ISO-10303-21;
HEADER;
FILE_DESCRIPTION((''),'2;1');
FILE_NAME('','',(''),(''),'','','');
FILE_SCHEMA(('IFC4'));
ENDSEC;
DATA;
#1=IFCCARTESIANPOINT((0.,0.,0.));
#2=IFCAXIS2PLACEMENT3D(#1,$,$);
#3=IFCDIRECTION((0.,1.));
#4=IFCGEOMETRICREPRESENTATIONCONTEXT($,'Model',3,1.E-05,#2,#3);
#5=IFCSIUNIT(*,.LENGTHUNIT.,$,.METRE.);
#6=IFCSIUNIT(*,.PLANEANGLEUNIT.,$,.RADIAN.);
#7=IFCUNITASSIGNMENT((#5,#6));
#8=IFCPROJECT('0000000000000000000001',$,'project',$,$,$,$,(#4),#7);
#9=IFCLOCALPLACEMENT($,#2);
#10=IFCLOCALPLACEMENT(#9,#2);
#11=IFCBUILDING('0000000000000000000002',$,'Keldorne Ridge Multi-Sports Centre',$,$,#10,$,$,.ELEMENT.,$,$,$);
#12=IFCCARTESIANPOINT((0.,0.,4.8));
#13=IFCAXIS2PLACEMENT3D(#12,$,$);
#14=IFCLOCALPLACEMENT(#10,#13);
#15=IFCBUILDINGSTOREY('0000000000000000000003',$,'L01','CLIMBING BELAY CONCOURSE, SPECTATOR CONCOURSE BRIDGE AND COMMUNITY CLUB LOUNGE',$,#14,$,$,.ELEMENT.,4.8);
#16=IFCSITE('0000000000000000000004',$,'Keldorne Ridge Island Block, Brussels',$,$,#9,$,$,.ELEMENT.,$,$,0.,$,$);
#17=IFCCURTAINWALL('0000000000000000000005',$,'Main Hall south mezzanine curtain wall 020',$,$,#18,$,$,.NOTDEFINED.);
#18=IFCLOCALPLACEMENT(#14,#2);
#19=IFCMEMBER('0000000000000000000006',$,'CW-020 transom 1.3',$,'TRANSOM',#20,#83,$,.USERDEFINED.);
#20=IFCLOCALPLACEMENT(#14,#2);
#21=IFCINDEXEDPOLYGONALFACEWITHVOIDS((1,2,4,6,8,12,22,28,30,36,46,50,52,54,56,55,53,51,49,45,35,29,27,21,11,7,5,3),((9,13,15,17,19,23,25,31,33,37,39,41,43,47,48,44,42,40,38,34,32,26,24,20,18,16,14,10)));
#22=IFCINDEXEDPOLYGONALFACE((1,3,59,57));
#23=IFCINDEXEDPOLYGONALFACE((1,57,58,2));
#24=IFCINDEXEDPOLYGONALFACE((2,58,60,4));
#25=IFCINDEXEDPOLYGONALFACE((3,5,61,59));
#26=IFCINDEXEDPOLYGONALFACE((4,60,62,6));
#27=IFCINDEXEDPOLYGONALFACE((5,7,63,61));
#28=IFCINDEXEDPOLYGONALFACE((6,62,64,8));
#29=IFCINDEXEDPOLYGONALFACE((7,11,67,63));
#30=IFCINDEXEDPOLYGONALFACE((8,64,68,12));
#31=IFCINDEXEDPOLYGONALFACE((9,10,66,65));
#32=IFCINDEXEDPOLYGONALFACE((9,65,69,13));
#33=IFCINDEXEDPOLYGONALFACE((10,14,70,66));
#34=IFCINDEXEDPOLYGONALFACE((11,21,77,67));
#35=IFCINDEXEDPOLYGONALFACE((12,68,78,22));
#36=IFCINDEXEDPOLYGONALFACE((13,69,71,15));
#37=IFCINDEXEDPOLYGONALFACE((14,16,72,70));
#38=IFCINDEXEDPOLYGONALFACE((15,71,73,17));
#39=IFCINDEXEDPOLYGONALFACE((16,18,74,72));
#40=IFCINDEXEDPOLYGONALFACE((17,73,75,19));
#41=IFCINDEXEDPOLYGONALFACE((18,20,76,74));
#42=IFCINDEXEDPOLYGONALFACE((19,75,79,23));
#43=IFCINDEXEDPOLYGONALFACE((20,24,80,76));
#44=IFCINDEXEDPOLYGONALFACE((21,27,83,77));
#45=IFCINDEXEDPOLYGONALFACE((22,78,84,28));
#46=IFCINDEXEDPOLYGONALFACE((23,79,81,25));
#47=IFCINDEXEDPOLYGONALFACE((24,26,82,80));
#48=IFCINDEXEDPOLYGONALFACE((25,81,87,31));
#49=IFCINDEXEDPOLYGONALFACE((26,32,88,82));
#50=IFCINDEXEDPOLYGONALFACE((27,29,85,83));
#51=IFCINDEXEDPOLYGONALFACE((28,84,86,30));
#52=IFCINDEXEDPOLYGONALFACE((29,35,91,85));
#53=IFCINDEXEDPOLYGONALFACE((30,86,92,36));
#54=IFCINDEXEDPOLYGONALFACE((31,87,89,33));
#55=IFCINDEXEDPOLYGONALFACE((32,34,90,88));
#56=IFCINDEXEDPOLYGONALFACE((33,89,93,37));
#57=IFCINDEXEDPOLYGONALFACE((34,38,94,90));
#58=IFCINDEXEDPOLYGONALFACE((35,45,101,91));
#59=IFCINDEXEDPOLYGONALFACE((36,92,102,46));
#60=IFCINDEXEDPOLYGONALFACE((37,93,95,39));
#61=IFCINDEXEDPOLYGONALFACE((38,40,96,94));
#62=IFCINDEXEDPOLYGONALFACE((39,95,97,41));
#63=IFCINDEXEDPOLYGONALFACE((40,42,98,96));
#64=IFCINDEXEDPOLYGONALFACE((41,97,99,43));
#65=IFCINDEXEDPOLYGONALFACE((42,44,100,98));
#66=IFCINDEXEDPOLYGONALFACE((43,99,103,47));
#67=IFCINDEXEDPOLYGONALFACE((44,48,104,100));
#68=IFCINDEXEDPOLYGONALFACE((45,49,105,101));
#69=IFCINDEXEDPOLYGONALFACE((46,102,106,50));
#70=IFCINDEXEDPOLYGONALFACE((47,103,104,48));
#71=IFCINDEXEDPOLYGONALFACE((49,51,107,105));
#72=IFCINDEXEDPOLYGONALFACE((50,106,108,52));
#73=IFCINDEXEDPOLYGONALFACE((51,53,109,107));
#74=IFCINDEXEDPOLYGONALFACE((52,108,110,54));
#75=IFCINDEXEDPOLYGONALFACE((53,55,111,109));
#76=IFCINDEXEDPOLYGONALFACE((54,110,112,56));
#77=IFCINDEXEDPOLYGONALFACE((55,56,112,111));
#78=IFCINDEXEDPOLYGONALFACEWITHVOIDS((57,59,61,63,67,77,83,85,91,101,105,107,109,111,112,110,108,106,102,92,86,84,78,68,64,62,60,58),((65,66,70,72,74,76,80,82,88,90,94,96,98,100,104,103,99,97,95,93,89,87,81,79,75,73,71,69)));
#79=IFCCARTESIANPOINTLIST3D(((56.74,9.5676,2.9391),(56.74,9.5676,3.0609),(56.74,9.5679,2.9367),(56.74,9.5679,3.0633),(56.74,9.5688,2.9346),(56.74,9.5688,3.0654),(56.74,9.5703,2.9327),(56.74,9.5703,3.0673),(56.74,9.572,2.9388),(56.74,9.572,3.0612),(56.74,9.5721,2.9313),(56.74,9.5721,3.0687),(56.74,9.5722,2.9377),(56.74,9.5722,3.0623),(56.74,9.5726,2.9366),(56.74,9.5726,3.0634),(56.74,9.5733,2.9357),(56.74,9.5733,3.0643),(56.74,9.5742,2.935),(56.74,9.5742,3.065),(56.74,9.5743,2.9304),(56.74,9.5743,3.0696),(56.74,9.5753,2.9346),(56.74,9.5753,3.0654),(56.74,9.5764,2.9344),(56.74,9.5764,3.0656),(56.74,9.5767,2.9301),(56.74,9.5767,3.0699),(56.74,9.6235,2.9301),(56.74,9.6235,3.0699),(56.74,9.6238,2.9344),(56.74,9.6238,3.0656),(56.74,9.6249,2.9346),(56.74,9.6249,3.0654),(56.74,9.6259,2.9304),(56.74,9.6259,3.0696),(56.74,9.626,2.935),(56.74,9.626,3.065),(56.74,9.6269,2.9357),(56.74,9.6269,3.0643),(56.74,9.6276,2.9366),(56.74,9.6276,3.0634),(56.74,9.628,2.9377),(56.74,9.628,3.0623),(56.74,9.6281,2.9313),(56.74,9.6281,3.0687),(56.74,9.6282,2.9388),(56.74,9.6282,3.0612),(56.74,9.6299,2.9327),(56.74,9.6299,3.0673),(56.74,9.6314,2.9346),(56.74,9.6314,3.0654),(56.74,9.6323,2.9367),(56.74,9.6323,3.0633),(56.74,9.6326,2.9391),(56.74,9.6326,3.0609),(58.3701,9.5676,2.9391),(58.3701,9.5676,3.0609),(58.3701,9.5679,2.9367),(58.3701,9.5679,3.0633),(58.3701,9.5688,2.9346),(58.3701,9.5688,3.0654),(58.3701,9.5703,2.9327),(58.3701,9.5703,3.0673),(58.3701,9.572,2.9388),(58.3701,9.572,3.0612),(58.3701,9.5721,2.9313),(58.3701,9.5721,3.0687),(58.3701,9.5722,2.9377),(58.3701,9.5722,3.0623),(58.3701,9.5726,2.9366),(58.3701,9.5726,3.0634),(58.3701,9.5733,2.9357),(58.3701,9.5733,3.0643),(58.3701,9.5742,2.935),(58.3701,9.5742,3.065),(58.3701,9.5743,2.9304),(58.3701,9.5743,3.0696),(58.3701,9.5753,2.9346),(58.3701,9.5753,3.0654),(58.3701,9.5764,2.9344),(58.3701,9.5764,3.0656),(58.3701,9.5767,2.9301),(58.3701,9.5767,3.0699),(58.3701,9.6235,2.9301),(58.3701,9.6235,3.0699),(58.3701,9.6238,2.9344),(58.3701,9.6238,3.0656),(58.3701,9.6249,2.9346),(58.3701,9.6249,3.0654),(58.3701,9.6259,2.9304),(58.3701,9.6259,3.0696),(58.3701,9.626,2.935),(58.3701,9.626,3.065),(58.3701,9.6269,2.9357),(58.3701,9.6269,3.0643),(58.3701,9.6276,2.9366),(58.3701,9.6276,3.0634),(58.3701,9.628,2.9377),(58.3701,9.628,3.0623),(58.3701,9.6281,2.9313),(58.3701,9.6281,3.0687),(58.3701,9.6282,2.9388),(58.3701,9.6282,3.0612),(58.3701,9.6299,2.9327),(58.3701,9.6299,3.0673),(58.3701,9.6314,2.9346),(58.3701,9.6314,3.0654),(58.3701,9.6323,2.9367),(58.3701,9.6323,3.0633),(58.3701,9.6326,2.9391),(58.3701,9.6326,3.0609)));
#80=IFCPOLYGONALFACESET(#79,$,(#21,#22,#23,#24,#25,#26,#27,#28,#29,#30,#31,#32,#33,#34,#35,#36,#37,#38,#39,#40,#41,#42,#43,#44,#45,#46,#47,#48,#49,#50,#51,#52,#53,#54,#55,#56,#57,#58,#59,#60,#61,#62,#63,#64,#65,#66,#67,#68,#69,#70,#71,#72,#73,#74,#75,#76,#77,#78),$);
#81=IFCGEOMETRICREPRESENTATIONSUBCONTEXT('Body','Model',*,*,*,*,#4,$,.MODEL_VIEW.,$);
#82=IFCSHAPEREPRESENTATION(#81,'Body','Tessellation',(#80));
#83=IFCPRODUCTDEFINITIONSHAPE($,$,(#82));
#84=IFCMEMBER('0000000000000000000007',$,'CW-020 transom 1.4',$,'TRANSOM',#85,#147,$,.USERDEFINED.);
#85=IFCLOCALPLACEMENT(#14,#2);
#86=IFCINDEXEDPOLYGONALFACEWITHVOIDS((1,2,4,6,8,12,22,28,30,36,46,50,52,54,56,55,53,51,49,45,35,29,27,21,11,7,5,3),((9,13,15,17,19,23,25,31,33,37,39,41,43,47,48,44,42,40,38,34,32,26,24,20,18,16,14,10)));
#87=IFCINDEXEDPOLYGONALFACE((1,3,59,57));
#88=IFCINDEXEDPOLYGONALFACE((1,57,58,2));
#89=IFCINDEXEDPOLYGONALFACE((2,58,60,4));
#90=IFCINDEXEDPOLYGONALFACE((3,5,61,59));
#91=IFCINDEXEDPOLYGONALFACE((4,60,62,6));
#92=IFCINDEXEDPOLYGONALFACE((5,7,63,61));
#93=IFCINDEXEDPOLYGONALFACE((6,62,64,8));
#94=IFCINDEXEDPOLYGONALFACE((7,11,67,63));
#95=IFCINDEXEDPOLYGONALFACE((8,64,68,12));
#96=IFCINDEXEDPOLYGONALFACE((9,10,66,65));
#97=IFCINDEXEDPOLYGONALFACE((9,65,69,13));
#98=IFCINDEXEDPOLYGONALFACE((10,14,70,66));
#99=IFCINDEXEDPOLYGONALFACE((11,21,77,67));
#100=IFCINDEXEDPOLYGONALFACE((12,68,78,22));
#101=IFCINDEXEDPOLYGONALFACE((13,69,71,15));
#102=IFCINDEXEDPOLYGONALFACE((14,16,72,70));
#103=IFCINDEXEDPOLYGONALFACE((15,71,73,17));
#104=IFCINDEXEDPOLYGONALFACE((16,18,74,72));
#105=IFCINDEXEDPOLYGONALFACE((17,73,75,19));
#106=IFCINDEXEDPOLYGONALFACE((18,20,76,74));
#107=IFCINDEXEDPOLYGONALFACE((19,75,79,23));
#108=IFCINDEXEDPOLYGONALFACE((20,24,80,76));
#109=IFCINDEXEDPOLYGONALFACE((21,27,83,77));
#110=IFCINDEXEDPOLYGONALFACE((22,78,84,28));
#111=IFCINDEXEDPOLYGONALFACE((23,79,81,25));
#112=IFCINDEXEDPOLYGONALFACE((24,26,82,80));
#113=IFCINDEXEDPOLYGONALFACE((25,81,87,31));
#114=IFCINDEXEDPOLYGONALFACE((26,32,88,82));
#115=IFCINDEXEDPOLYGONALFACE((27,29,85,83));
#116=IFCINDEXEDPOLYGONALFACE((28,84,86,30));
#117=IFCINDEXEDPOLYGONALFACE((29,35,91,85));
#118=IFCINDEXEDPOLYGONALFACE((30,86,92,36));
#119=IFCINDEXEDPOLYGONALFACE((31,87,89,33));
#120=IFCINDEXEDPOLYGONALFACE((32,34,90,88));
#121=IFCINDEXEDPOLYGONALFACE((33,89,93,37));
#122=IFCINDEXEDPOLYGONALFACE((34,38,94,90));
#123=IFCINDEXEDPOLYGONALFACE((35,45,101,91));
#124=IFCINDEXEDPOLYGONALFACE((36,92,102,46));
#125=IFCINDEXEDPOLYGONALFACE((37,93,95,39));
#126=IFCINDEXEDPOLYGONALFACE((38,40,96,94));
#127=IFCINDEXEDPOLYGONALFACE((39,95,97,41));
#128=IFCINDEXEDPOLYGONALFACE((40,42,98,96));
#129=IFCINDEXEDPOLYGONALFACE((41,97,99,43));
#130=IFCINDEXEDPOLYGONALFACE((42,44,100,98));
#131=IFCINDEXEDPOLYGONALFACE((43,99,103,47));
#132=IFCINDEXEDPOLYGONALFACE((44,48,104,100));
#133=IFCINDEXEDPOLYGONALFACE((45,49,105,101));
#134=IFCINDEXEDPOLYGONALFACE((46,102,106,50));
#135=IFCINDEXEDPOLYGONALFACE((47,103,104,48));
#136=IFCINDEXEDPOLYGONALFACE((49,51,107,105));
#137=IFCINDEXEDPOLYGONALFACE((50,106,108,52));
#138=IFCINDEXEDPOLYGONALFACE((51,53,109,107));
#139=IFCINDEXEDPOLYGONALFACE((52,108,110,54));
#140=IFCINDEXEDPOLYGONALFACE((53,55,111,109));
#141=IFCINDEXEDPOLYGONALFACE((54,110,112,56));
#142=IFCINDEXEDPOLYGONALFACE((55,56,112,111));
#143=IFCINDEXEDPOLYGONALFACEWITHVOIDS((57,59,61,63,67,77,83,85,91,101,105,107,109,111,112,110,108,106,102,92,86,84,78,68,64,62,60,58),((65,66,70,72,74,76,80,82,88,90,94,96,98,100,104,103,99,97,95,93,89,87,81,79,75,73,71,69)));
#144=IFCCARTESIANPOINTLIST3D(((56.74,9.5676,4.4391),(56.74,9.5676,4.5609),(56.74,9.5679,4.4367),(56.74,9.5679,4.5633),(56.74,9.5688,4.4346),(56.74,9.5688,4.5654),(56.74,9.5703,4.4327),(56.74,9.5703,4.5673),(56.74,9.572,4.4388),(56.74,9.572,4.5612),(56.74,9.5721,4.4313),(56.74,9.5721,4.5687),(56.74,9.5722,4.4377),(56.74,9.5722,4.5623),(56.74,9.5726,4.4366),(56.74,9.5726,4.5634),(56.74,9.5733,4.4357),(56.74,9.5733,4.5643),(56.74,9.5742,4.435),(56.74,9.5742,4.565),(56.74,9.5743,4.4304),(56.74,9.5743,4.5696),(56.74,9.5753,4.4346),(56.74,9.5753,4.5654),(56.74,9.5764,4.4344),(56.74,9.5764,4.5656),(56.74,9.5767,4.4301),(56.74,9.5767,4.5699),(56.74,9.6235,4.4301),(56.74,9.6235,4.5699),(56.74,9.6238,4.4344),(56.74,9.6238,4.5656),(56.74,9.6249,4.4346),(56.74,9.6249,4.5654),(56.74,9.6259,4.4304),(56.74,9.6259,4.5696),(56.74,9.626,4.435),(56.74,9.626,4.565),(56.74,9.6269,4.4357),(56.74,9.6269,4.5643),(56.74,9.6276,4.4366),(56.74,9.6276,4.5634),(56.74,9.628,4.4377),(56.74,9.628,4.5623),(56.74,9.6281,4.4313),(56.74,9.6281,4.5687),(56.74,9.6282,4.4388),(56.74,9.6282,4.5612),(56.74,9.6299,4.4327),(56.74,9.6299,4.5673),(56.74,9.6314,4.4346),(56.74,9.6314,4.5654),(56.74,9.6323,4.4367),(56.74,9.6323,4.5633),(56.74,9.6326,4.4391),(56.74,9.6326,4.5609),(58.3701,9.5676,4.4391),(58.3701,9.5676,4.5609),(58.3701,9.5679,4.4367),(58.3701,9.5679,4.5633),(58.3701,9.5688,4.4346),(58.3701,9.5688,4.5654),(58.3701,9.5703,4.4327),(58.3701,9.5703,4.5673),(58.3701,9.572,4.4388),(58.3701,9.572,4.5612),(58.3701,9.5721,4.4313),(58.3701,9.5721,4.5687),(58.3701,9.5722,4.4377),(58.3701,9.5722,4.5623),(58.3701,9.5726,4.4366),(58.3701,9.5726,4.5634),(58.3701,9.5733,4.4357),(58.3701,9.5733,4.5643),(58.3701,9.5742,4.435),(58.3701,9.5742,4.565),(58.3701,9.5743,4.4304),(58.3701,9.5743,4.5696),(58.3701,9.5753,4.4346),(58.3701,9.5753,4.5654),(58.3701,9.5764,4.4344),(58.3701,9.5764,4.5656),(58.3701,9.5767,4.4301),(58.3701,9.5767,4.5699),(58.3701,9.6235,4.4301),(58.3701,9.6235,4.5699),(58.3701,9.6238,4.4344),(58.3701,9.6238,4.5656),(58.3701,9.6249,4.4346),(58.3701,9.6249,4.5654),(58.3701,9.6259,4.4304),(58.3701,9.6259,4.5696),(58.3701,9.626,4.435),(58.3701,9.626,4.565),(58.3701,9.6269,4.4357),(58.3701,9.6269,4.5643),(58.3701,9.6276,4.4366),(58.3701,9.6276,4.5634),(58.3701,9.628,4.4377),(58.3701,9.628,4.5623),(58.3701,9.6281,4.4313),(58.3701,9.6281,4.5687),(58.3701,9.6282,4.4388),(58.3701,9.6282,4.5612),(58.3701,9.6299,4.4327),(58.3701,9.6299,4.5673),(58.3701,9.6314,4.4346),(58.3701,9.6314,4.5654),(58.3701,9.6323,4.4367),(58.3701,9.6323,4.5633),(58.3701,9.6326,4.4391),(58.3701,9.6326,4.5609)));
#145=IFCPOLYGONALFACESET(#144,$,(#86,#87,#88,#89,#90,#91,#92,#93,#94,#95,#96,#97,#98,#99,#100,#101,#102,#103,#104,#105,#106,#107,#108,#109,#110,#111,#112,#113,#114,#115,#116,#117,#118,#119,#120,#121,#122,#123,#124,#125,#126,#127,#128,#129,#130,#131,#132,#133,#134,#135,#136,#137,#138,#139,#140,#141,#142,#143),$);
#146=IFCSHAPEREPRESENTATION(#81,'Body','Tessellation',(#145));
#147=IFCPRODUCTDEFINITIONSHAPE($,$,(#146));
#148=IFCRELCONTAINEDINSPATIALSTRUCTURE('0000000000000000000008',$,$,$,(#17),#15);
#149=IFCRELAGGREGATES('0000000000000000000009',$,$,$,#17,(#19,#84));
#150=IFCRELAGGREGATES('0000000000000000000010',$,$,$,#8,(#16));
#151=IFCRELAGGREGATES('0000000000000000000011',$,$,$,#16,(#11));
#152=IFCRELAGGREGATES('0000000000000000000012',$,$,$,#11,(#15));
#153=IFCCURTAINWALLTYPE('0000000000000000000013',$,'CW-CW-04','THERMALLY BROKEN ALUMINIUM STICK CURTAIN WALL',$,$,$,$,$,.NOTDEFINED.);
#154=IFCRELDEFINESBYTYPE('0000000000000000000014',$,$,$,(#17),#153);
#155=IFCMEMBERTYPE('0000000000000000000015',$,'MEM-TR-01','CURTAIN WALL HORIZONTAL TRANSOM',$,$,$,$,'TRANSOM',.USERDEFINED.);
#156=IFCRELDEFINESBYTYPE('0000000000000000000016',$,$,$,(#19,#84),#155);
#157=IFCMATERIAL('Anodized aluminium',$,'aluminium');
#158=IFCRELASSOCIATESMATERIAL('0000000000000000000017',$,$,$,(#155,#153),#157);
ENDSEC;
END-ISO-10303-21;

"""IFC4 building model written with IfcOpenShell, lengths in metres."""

from ifc_helpers import new_model, si_unit, direction, frame, origin, origin_2d, place, context, subcontext, project, spatial, hollow_rectangle, extrude, material, material_profile, profile_set, type_object, element, aggregate, save


model = new_model("IFC4")

# Units and contexts
model_context = context("Model", 3, precision=1e-05, world=origin(), true_north=direction((0.0, 1.0)))
body_context = subcontext(model_context, "Body", "Model", "MODEL_VIEW")
ifc_project = project(units=[si_unit("LENGTHUNIT", "METRE"), si_unit("PLANEANGLEUNIT", "RADIAN")], contexts=[model_context])

# Site, building, storey
site_placement = place(None, origin())
site = spatial("IfcSite", under=ifc_project, at=site_placement, Name="Keldorne Ridge Island Block, Brussels", CompositionType="ELEMENT", RefElevation=0.0)
building_placement = place(site_placement, origin())
building = spatial("IfcBuilding", under=site, at=building_placement, Name="Keldorne Ridge Multi-Sports Centre", CompositionType="ELEMENT")
storey_placement = place(building_placement, frame((0.0, 0.0, 4.8)))
storey = spatial("IfcBuildingStorey", under=building, at=storey_placement, Name="L01", Description="CLIMBING BELAY CONCOURSE, SPECTATOR CONCOURSE BRIDGE AND COMMUNITY CLUB LOUNGE", CompositionType="ELEMENT", Elevation=4.8)

# Curtain wall, members
ifc_material_1 = material(Name="Anodized aluminium", Category="aluminium")
ifc_material_profile_1 = material_profile(ifc_material_1, hollow_rectangle(XDim=0.0649, YDim=0.1399, WallThickness=0.0044, InnerFilletRadius=0.0044, OuterFilletRadius=0.009, at=origin_2d()), Name="ALU TRANSOM 140x65x4.5")
ifc_profile_set_1 = profile_set([ifc_material_profile_1], Name="Anodized aluminium")
member_type = type_object("IfcMemberType", Name="MEM-TR-01", Description="CURTAIN WALL HORIZONTAL TRANSOM", ElementType="TRANSOM", PredefinedType="USERDEFINED", material=ifc_profile_set_1)
curtain_wall_type_1 = type_object("IfcCurtainWallType", Name="CW-CW-04", Description="THERMALLY BROKEN ALUMINIUM STICK CURTAIN WALL", PredefinedType="NOTDEFINED", material=ifc_material_1)
curtain_wall_1_placement = place(storey_placement, origin())
curtain_wall_1 = element("IfcCurtainWall", 1, at=curtain_wall_1_placement, inside=storey, type_object=curtain_wall_type_1, Name="Main Hall south mezzanine curtain wall 020", PredefinedType="NOTDEFINED")
member_1_placement = place(storey_placement, frame((56.74, 9.6001, 3.0), z_axis=(1.0, 0.0, 0.0), x_axis=(0.0, 1.0, 0.0)))
member_1 = element("IfcMember", 2, at=member_1_placement, type_object=member_type, Name="CW-020 transom 1.3", ObjectType="TRANSOM", PredefinedType="USERDEFINED", context=body_context, shape_type="SweptSolid", body=[
    extrude(hollow_rectangle(XDim=0.0649, YDim=0.1399, WallThickness=0.0044, InnerFilletRadius=0.0044, OuterFilletRadius=0.009, at=origin_2d()), origin(), (0.0, 0.0, 1.0), 1.6301),
])
member_2_placement = place(storey_placement, frame((56.74, 9.6001, 4.5), z_axis=(1.0, 0.0, 0.0), x_axis=(0.0, 1.0, 0.0)))
member_2 = element("IfcMember", 3, at=member_2_placement, type_object=member_type, Name="CW-020 transom 1.4", ObjectType="TRANSOM", PredefinedType="USERDEFINED", context=body_context, shape_type="SweptSolid", body=[
    extrude(hollow_rectangle(XDim=0.0649, YDim=0.1399, WallThickness=0.0044, InnerFilletRadius=0.0044, OuterFilletRadius=0.009, at=origin_2d()), origin(), (0.0, 0.0, 1.0), 1.6301),
])

aggregate(curtain_wall_1, [member_1, member_2])

save(model, "model.ifc")
